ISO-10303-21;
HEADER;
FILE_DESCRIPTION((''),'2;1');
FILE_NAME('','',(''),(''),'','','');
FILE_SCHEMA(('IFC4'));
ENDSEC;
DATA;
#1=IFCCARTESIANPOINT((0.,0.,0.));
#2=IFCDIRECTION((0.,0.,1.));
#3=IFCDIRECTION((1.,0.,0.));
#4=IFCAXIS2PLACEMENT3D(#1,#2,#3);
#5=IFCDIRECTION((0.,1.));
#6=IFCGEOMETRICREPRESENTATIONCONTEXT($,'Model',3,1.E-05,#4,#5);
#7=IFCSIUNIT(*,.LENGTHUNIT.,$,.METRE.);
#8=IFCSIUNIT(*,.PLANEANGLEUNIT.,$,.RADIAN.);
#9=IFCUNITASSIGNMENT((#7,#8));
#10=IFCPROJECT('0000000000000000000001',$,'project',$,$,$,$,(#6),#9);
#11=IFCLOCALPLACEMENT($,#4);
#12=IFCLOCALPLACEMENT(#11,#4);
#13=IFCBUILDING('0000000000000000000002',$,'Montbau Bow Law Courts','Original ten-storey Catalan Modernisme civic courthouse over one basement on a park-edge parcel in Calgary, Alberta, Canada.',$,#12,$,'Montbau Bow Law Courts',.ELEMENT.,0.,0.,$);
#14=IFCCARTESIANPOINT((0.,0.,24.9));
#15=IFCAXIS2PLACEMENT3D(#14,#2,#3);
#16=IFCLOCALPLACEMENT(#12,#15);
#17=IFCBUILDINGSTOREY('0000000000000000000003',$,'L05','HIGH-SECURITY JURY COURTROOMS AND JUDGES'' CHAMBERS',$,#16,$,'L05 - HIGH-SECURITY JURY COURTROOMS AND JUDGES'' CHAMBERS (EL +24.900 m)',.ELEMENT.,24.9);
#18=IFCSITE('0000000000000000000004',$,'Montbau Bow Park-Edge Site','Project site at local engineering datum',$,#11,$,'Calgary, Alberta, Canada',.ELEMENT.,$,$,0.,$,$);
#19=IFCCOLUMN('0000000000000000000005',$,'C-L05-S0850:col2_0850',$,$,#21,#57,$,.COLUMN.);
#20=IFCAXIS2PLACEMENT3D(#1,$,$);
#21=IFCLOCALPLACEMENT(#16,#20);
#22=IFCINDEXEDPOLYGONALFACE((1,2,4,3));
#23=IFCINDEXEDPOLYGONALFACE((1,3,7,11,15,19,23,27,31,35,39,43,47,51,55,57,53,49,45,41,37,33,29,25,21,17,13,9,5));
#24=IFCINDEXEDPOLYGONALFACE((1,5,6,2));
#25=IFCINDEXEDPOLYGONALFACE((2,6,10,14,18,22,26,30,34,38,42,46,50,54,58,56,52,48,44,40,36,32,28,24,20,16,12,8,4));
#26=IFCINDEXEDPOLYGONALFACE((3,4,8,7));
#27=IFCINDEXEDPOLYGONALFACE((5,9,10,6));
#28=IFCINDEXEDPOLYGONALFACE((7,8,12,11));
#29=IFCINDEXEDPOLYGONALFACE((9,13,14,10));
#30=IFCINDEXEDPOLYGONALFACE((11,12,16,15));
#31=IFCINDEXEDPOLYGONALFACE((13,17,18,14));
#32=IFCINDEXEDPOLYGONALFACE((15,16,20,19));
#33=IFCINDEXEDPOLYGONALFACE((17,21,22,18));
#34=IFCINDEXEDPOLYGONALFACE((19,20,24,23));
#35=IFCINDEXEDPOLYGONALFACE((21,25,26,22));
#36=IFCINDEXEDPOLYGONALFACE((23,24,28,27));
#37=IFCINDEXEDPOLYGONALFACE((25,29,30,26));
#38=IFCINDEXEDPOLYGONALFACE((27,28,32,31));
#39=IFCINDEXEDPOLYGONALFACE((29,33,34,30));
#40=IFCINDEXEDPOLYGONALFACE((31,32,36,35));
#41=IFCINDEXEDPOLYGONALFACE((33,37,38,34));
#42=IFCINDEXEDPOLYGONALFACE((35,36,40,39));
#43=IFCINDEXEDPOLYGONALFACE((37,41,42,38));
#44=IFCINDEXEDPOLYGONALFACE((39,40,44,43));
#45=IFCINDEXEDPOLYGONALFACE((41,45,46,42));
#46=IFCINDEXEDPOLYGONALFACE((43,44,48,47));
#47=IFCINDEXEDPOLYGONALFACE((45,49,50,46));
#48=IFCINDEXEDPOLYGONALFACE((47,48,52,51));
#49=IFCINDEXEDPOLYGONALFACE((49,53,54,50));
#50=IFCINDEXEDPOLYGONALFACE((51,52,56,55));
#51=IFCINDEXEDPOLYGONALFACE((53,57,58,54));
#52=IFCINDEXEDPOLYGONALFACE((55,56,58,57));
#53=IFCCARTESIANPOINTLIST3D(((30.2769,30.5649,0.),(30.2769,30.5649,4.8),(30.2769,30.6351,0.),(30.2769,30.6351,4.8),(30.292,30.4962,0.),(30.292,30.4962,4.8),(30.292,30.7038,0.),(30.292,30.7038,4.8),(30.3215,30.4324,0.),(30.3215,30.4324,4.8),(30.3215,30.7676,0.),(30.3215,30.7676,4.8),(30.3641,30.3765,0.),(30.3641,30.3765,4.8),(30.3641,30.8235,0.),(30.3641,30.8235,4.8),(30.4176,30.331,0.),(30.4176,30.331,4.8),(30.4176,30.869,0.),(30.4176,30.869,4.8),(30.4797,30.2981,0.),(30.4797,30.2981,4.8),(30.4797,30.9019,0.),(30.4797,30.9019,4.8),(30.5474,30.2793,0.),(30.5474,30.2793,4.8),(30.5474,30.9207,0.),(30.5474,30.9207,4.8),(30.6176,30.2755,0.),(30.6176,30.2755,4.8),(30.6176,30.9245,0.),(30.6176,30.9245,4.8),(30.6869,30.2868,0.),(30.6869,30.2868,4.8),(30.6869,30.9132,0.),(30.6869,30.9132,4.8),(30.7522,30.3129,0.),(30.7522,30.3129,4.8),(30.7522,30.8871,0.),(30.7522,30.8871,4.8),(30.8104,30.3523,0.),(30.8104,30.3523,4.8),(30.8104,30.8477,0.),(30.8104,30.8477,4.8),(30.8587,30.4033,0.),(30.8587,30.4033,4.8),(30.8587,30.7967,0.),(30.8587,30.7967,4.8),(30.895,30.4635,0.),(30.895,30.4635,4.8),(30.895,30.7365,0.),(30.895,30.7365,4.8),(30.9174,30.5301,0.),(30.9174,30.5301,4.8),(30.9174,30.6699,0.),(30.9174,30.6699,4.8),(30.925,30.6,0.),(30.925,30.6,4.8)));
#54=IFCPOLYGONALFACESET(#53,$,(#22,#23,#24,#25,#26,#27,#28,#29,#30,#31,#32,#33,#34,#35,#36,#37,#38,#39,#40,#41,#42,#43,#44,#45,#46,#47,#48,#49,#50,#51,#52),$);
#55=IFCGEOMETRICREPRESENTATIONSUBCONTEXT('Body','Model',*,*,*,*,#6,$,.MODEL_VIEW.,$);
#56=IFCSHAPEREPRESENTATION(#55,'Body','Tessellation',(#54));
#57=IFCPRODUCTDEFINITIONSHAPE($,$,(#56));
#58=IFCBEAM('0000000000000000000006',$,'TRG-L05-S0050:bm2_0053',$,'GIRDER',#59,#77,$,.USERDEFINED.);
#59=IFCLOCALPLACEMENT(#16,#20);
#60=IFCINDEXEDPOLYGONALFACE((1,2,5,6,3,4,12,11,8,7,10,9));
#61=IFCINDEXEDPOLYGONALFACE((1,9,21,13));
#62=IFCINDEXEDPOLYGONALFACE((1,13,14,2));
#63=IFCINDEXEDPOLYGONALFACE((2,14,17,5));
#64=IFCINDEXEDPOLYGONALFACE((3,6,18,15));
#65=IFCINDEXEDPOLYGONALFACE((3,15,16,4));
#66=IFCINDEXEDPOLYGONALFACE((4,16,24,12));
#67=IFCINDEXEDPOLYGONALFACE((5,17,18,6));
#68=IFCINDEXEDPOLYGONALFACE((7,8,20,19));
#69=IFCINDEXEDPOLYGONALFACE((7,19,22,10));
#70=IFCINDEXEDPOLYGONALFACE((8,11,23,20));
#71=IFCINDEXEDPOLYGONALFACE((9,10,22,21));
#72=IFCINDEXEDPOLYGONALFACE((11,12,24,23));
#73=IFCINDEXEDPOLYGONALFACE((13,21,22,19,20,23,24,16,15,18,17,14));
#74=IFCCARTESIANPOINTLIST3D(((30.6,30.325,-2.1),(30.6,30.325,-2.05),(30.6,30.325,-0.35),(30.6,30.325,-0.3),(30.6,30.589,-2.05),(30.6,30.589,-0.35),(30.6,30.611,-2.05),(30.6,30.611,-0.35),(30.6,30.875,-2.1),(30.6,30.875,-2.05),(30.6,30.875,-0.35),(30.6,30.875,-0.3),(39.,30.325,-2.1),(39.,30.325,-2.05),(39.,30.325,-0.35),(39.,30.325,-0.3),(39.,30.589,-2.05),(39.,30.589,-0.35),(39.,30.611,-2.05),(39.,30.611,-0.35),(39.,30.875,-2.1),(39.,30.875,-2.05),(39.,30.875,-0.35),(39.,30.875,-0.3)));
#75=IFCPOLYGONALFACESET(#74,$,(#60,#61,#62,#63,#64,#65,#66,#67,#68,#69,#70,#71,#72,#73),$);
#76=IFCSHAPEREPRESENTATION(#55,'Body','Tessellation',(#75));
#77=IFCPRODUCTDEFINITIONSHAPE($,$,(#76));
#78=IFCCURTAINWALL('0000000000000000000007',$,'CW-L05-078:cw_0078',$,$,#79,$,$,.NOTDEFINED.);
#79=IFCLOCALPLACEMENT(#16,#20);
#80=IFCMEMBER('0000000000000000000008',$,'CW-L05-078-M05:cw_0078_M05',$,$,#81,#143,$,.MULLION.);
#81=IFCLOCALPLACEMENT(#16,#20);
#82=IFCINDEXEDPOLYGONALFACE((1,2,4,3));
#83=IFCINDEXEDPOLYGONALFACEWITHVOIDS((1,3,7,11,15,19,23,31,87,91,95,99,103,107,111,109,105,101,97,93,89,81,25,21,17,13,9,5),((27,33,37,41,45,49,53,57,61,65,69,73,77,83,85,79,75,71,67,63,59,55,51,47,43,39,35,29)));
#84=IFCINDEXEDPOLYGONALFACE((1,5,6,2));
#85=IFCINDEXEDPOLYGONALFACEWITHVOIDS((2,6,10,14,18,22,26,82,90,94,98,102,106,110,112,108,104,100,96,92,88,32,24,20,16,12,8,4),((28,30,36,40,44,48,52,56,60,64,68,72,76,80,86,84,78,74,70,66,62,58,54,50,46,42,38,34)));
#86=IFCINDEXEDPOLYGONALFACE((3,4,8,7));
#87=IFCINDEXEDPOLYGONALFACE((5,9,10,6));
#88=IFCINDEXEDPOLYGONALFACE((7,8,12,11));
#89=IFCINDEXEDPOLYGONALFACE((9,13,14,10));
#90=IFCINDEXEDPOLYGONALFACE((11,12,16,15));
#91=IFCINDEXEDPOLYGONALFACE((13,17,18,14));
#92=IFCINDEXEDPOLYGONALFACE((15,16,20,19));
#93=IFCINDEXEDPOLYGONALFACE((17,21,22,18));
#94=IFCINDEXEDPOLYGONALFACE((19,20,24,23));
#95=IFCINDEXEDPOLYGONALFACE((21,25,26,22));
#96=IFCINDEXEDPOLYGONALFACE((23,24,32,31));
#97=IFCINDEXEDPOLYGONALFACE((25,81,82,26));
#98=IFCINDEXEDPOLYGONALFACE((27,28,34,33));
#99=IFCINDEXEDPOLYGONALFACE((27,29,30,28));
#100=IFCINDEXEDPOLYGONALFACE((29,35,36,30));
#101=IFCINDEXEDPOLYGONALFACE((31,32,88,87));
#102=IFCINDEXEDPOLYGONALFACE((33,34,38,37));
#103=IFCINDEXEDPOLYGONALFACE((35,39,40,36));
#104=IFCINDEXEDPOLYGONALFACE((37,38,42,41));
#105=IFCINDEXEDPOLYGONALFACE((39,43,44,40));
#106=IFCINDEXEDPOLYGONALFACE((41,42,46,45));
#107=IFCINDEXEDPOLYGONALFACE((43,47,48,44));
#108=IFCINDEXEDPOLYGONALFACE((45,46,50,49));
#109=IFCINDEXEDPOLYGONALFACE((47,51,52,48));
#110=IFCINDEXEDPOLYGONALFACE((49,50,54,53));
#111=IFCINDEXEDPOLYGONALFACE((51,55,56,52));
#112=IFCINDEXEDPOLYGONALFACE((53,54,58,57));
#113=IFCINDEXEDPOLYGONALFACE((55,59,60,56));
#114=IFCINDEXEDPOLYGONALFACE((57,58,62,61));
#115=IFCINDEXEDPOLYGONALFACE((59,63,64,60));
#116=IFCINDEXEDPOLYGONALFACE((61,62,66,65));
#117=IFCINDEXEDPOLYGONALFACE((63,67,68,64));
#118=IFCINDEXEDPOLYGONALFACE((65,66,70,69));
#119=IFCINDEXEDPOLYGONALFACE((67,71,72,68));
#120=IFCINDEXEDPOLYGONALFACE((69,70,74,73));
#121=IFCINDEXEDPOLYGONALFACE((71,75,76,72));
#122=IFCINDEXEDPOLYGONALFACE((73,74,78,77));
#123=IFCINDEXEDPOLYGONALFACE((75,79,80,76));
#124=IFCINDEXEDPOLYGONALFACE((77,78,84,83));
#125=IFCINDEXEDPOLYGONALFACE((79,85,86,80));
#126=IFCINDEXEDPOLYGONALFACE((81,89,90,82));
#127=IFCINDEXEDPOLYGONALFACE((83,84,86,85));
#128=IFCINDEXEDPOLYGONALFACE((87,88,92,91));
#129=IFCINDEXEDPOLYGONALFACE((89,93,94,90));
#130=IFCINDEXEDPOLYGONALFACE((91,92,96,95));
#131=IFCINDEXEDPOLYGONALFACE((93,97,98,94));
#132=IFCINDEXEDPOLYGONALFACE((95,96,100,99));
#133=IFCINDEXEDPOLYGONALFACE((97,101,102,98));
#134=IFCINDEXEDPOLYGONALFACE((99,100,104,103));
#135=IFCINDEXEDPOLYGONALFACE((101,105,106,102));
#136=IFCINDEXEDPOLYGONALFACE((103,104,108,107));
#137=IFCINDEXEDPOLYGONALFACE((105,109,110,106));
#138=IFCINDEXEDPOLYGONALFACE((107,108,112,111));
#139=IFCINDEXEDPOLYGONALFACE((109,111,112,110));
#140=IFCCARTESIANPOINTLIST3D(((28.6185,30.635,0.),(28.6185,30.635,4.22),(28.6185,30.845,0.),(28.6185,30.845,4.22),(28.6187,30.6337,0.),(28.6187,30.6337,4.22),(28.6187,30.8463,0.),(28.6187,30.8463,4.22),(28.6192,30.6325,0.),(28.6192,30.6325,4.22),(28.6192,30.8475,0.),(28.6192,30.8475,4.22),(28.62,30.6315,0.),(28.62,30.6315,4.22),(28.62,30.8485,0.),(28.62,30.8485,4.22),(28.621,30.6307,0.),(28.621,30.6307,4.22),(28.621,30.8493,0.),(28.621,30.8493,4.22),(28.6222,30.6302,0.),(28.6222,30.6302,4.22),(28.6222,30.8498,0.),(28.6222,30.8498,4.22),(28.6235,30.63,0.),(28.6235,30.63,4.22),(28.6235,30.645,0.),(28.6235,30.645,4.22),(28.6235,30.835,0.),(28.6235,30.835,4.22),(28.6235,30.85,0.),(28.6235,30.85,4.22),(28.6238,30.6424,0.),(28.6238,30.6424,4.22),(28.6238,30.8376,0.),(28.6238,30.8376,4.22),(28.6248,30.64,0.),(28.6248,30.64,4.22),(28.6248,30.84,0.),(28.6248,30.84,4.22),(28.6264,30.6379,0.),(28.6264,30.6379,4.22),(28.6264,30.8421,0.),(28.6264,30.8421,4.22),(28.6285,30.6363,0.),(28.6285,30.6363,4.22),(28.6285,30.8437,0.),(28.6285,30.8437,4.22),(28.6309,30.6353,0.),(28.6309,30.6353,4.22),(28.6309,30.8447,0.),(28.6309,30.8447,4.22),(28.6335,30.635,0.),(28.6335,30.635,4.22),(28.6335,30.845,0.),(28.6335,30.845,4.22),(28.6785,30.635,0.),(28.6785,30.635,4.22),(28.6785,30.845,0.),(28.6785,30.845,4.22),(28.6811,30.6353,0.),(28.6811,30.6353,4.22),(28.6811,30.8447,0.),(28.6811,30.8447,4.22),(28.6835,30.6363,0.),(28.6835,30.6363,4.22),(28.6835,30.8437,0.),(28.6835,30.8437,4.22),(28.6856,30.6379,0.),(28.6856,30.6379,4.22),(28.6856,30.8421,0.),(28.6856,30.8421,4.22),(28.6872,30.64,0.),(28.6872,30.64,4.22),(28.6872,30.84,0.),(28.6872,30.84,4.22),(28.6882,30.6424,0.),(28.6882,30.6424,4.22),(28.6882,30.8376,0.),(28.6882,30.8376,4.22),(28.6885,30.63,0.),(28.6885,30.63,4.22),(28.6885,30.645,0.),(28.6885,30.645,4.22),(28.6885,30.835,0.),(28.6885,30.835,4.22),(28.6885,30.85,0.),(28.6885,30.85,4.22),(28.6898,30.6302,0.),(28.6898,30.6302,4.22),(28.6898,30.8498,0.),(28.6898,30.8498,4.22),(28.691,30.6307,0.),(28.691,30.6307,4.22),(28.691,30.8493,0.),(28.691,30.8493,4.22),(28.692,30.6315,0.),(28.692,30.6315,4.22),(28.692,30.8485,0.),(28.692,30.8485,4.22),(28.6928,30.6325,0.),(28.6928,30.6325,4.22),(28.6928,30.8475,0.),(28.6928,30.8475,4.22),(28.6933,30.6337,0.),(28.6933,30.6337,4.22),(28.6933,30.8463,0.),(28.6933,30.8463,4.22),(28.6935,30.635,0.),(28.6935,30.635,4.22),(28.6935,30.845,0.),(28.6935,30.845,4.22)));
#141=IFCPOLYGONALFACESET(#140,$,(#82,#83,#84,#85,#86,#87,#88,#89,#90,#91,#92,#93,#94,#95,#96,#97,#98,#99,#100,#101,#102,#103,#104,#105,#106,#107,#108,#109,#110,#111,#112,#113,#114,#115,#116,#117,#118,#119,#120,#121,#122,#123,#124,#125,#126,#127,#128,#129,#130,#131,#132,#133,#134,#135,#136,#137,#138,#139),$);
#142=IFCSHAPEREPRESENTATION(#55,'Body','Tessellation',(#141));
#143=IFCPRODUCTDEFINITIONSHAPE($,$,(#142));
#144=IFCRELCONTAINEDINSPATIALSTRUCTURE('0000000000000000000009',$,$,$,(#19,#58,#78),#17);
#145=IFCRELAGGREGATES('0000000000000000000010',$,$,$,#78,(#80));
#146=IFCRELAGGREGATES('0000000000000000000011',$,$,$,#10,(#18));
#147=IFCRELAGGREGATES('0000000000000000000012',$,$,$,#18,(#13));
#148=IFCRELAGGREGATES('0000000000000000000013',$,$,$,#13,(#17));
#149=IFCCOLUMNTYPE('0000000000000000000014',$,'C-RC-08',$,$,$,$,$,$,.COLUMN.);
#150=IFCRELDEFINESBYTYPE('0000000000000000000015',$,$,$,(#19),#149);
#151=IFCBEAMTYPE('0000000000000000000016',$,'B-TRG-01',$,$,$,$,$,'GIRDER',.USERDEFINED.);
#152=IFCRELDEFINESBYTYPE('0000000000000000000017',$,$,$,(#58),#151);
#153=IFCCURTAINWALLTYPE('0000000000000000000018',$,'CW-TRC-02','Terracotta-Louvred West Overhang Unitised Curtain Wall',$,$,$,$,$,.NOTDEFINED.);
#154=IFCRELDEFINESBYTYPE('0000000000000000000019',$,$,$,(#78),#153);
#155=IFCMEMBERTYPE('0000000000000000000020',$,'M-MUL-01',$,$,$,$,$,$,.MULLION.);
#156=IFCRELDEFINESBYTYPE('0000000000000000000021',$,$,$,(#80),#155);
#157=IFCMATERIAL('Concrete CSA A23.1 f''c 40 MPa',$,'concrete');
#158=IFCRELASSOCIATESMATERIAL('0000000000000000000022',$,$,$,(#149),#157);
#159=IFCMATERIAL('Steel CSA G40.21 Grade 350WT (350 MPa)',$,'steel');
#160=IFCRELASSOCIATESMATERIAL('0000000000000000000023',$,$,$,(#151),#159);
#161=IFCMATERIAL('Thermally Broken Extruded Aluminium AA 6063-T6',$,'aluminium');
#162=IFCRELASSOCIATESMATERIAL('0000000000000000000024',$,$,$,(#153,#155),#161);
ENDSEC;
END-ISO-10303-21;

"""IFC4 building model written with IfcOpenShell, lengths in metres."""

from ifc_helpers import new_model, si_unit, direction, frame, origin_with_axes, origin_2d_with_axis, place, context, subcontext, project, spatial, hollow_rectangle, circle, i_section, extrude, material, material_profile, profile_set, type_object, element, aggregate, save


model = new_model("IFC4")

# Units and contexts
model_context = context("Model", 3, precision=1e-05, world=origin_with_axes(), true_north=direction((0.0, 1.0)))
body_context = subcontext(model_context, "Body", "Model", "MODEL_VIEW")
ifc_project = project(units=[si_unit("LENGTHUNIT", "METRE"), si_unit("PLANEANGLEUNIT", "RADIAN")], contexts=[model_context])

# Site, building, storey
site_placement = place(None, origin_with_axes())
site = spatial("IfcSite", under=ifc_project, at=site_placement, Name="Montbau Bow Park-Edge Site", Description="Project site at local engineering datum", LongName="Calgary, Alberta, Canada", CompositionType="ELEMENT", RefElevation=0.0)
building_placement = place(site_placement, origin_with_axes())
building = spatial("IfcBuilding", under=site, at=building_placement, Name="Montbau Bow Law Courts", Description="Original ten-storey Catalan Modernisme civic courthouse over one basement on a park-edge parcel in Calgary, Alberta, Canada.", LongName="Montbau Bow Law Courts", CompositionType="ELEMENT", ElevationOfRefHeight=0.0, ElevationOfTerrain=0.0)
storey_placement = place(building_placement, frame((0.0, 0.0, 24.9), z_axis=(0.0, 0.0, 1.0), x_axis=(1.0, 0.0, 0.0)))
storey = spatial("IfcBuildingStorey", under=building, at=storey_placement, Name="L05", Description="HIGH-SECURITY JURY COURTROOMS AND JUDGES' CHAMBERS", LongName="L05 - HIGH-SECURITY JURY COURTROOMS AND JUDGES' CHAMBERS (EL +24.900 m)", CompositionType="ELEMENT", Elevation=24.9)

# Column
ifc_material_1 = material(Name="Concrete CSA A23.1 f'c 40 MPa", Category="concrete")
ifc_material_profile_1 = material_profile(ifc_material_1, circle(Radius=0.325, at=origin_2d_with_axis()), Name="RC650D", Category="Main", Priority=0)
ifc_profile_set_1 = profile_set([ifc_material_profile_1], Name="Concrete CSA A23.1 f'c 40 MPa")
column_type = type_object("IfcColumnType", Name="C-RC-08", PredefinedType="COLUMN", material=ifc_profile_set_1)
column_placement = place(None, frame((30.6, 30.6, 24.9), z_axis=(0.0, 0.0, 1.0), x_axis=(1.0, 0.0, 0.0)))
element("IfcColumn", 1, at=column_placement, inside=storey, type_object=column_type, Name="C-L05-S0850:col2_0850", PredefinedType="COLUMN", context=body_context, shape_type="SweptSolid", body=[
    extrude(circle(Radius=0.325, at=origin_2d_with_axis()), origin_with_axes(), (0.0, 0.0, 1.0), 4.8),
])

# Beam
ifc_material_2 = material(Name="Steel CSA G40.21 Grade 350WT (350 MPa)", Category="steel")
ifc_material_profile_2 = material_profile(ifc_material_2, i_section(OverallWidth=0.55, OverallDepth=1.8, WebThickness=0.022, FlangeThickness=0.05, at=origin_2d_with_axis()), Name="WWF1800X550", Category="Main", Priority=0)
ifc_profile_set_2 = profile_set([ifc_material_profile_2], Name="Steel CSA G40.21 Grade 350WT (350 MPa)")
beam_type = type_object("IfcBeamType", Name="B-TRG-01", ElementType="GIRDER", PredefinedType="USERDEFINED", material=ifc_profile_set_2)
beam_placement = place(None, frame((30.6, 30.6, 23.7), z_axis=(1.0, 0.0, 0.0), x_axis=(0.0, 1.0, 0.0)))
element("IfcBeam", 2, at=beam_placement, inside=storey, type_object=beam_type, Name="TRG-L05-S0050:bm2_0053", ObjectType="GIRDER", PredefinedType="USERDEFINED", context=body_context, shape_type="SweptSolid", body=[
    extrude(i_section(OverallWidth=0.55, OverallDepth=1.8, WebThickness=0.022, FlangeThickness=0.05, at=origin_2d_with_axis()), origin_with_axes(), (0.0, 0.0, 1.0), 8.4),
])

# Curtain wall, member
ifc_material_3 = material(Name="Thermally Broken Extruded Aluminium AA 6063-T6", Category="aluminium")
curtain_wall_type = type_object("IfcCurtainWallType", Name="CW-TRC-02", Description="Terracotta-Louvred West Overhang Unitised Curtain Wall", PredefinedType="NOTDEFINED", material=ifc_material_3)
curtain_wall_placement = place(None, frame((22.64, 30.74, 24.9), z_axis=(0.0, 0.0, 1.0), x_axis=(1.0, 0.0, 0.0)))
curtain_wall = element("IfcCurtainWall", 3, at=curtain_wall_placement, inside=storey, type_object=curtain_wall_type, Name="CW-L05-078:cw_0078", PredefinedType="NOTDEFINED")
ifc_material_profile_3 = material_profile(ifc_material_3, hollow_rectangle(XDim=0.075, YDim=0.22, WallThickness=0.005, InnerFilletRadius=0.01, OuterFilletRadius=0.005, at=origin_2d_with_axis()), Name="CWM-220X75", Category="Main", Priority=0)
ifc_profile_set_3 = profile_set([ifc_material_profile_3], Name="Thermally Broken Extruded Aluminium AA 6063-T6")
member_type_1 = type_object("IfcMemberType", Name="M-MUL-01", PredefinedType="MULLION", material=ifc_profile_set_3)
member_1_placement = place(None, frame((28.656, 30.74, 24.9), z_axis=(0.0, 0.0, 1.0), x_axis=(1.0, 0.0, 0.0)))
member_1 = element("IfcMember", 4, at=member_1_placement, type_object=member_type_1, Name="CW-L05-078-M05:cw_0078_M05", PredefinedType="MULLION", context=body_context, shape_type="SweptSolid", body=[
    extrude(hollow_rectangle(XDim=0.075, YDim=0.22, WallThickness=0.005, InnerFilletRadius=0.01, OuterFilletRadius=0.005, at=origin_2d_with_axis()), origin_with_axes(), (0.0, 0.0, 1.0), 4.22),
])
aggregate(curtain_wall, [member_1])

save(model, "model.ifc")
